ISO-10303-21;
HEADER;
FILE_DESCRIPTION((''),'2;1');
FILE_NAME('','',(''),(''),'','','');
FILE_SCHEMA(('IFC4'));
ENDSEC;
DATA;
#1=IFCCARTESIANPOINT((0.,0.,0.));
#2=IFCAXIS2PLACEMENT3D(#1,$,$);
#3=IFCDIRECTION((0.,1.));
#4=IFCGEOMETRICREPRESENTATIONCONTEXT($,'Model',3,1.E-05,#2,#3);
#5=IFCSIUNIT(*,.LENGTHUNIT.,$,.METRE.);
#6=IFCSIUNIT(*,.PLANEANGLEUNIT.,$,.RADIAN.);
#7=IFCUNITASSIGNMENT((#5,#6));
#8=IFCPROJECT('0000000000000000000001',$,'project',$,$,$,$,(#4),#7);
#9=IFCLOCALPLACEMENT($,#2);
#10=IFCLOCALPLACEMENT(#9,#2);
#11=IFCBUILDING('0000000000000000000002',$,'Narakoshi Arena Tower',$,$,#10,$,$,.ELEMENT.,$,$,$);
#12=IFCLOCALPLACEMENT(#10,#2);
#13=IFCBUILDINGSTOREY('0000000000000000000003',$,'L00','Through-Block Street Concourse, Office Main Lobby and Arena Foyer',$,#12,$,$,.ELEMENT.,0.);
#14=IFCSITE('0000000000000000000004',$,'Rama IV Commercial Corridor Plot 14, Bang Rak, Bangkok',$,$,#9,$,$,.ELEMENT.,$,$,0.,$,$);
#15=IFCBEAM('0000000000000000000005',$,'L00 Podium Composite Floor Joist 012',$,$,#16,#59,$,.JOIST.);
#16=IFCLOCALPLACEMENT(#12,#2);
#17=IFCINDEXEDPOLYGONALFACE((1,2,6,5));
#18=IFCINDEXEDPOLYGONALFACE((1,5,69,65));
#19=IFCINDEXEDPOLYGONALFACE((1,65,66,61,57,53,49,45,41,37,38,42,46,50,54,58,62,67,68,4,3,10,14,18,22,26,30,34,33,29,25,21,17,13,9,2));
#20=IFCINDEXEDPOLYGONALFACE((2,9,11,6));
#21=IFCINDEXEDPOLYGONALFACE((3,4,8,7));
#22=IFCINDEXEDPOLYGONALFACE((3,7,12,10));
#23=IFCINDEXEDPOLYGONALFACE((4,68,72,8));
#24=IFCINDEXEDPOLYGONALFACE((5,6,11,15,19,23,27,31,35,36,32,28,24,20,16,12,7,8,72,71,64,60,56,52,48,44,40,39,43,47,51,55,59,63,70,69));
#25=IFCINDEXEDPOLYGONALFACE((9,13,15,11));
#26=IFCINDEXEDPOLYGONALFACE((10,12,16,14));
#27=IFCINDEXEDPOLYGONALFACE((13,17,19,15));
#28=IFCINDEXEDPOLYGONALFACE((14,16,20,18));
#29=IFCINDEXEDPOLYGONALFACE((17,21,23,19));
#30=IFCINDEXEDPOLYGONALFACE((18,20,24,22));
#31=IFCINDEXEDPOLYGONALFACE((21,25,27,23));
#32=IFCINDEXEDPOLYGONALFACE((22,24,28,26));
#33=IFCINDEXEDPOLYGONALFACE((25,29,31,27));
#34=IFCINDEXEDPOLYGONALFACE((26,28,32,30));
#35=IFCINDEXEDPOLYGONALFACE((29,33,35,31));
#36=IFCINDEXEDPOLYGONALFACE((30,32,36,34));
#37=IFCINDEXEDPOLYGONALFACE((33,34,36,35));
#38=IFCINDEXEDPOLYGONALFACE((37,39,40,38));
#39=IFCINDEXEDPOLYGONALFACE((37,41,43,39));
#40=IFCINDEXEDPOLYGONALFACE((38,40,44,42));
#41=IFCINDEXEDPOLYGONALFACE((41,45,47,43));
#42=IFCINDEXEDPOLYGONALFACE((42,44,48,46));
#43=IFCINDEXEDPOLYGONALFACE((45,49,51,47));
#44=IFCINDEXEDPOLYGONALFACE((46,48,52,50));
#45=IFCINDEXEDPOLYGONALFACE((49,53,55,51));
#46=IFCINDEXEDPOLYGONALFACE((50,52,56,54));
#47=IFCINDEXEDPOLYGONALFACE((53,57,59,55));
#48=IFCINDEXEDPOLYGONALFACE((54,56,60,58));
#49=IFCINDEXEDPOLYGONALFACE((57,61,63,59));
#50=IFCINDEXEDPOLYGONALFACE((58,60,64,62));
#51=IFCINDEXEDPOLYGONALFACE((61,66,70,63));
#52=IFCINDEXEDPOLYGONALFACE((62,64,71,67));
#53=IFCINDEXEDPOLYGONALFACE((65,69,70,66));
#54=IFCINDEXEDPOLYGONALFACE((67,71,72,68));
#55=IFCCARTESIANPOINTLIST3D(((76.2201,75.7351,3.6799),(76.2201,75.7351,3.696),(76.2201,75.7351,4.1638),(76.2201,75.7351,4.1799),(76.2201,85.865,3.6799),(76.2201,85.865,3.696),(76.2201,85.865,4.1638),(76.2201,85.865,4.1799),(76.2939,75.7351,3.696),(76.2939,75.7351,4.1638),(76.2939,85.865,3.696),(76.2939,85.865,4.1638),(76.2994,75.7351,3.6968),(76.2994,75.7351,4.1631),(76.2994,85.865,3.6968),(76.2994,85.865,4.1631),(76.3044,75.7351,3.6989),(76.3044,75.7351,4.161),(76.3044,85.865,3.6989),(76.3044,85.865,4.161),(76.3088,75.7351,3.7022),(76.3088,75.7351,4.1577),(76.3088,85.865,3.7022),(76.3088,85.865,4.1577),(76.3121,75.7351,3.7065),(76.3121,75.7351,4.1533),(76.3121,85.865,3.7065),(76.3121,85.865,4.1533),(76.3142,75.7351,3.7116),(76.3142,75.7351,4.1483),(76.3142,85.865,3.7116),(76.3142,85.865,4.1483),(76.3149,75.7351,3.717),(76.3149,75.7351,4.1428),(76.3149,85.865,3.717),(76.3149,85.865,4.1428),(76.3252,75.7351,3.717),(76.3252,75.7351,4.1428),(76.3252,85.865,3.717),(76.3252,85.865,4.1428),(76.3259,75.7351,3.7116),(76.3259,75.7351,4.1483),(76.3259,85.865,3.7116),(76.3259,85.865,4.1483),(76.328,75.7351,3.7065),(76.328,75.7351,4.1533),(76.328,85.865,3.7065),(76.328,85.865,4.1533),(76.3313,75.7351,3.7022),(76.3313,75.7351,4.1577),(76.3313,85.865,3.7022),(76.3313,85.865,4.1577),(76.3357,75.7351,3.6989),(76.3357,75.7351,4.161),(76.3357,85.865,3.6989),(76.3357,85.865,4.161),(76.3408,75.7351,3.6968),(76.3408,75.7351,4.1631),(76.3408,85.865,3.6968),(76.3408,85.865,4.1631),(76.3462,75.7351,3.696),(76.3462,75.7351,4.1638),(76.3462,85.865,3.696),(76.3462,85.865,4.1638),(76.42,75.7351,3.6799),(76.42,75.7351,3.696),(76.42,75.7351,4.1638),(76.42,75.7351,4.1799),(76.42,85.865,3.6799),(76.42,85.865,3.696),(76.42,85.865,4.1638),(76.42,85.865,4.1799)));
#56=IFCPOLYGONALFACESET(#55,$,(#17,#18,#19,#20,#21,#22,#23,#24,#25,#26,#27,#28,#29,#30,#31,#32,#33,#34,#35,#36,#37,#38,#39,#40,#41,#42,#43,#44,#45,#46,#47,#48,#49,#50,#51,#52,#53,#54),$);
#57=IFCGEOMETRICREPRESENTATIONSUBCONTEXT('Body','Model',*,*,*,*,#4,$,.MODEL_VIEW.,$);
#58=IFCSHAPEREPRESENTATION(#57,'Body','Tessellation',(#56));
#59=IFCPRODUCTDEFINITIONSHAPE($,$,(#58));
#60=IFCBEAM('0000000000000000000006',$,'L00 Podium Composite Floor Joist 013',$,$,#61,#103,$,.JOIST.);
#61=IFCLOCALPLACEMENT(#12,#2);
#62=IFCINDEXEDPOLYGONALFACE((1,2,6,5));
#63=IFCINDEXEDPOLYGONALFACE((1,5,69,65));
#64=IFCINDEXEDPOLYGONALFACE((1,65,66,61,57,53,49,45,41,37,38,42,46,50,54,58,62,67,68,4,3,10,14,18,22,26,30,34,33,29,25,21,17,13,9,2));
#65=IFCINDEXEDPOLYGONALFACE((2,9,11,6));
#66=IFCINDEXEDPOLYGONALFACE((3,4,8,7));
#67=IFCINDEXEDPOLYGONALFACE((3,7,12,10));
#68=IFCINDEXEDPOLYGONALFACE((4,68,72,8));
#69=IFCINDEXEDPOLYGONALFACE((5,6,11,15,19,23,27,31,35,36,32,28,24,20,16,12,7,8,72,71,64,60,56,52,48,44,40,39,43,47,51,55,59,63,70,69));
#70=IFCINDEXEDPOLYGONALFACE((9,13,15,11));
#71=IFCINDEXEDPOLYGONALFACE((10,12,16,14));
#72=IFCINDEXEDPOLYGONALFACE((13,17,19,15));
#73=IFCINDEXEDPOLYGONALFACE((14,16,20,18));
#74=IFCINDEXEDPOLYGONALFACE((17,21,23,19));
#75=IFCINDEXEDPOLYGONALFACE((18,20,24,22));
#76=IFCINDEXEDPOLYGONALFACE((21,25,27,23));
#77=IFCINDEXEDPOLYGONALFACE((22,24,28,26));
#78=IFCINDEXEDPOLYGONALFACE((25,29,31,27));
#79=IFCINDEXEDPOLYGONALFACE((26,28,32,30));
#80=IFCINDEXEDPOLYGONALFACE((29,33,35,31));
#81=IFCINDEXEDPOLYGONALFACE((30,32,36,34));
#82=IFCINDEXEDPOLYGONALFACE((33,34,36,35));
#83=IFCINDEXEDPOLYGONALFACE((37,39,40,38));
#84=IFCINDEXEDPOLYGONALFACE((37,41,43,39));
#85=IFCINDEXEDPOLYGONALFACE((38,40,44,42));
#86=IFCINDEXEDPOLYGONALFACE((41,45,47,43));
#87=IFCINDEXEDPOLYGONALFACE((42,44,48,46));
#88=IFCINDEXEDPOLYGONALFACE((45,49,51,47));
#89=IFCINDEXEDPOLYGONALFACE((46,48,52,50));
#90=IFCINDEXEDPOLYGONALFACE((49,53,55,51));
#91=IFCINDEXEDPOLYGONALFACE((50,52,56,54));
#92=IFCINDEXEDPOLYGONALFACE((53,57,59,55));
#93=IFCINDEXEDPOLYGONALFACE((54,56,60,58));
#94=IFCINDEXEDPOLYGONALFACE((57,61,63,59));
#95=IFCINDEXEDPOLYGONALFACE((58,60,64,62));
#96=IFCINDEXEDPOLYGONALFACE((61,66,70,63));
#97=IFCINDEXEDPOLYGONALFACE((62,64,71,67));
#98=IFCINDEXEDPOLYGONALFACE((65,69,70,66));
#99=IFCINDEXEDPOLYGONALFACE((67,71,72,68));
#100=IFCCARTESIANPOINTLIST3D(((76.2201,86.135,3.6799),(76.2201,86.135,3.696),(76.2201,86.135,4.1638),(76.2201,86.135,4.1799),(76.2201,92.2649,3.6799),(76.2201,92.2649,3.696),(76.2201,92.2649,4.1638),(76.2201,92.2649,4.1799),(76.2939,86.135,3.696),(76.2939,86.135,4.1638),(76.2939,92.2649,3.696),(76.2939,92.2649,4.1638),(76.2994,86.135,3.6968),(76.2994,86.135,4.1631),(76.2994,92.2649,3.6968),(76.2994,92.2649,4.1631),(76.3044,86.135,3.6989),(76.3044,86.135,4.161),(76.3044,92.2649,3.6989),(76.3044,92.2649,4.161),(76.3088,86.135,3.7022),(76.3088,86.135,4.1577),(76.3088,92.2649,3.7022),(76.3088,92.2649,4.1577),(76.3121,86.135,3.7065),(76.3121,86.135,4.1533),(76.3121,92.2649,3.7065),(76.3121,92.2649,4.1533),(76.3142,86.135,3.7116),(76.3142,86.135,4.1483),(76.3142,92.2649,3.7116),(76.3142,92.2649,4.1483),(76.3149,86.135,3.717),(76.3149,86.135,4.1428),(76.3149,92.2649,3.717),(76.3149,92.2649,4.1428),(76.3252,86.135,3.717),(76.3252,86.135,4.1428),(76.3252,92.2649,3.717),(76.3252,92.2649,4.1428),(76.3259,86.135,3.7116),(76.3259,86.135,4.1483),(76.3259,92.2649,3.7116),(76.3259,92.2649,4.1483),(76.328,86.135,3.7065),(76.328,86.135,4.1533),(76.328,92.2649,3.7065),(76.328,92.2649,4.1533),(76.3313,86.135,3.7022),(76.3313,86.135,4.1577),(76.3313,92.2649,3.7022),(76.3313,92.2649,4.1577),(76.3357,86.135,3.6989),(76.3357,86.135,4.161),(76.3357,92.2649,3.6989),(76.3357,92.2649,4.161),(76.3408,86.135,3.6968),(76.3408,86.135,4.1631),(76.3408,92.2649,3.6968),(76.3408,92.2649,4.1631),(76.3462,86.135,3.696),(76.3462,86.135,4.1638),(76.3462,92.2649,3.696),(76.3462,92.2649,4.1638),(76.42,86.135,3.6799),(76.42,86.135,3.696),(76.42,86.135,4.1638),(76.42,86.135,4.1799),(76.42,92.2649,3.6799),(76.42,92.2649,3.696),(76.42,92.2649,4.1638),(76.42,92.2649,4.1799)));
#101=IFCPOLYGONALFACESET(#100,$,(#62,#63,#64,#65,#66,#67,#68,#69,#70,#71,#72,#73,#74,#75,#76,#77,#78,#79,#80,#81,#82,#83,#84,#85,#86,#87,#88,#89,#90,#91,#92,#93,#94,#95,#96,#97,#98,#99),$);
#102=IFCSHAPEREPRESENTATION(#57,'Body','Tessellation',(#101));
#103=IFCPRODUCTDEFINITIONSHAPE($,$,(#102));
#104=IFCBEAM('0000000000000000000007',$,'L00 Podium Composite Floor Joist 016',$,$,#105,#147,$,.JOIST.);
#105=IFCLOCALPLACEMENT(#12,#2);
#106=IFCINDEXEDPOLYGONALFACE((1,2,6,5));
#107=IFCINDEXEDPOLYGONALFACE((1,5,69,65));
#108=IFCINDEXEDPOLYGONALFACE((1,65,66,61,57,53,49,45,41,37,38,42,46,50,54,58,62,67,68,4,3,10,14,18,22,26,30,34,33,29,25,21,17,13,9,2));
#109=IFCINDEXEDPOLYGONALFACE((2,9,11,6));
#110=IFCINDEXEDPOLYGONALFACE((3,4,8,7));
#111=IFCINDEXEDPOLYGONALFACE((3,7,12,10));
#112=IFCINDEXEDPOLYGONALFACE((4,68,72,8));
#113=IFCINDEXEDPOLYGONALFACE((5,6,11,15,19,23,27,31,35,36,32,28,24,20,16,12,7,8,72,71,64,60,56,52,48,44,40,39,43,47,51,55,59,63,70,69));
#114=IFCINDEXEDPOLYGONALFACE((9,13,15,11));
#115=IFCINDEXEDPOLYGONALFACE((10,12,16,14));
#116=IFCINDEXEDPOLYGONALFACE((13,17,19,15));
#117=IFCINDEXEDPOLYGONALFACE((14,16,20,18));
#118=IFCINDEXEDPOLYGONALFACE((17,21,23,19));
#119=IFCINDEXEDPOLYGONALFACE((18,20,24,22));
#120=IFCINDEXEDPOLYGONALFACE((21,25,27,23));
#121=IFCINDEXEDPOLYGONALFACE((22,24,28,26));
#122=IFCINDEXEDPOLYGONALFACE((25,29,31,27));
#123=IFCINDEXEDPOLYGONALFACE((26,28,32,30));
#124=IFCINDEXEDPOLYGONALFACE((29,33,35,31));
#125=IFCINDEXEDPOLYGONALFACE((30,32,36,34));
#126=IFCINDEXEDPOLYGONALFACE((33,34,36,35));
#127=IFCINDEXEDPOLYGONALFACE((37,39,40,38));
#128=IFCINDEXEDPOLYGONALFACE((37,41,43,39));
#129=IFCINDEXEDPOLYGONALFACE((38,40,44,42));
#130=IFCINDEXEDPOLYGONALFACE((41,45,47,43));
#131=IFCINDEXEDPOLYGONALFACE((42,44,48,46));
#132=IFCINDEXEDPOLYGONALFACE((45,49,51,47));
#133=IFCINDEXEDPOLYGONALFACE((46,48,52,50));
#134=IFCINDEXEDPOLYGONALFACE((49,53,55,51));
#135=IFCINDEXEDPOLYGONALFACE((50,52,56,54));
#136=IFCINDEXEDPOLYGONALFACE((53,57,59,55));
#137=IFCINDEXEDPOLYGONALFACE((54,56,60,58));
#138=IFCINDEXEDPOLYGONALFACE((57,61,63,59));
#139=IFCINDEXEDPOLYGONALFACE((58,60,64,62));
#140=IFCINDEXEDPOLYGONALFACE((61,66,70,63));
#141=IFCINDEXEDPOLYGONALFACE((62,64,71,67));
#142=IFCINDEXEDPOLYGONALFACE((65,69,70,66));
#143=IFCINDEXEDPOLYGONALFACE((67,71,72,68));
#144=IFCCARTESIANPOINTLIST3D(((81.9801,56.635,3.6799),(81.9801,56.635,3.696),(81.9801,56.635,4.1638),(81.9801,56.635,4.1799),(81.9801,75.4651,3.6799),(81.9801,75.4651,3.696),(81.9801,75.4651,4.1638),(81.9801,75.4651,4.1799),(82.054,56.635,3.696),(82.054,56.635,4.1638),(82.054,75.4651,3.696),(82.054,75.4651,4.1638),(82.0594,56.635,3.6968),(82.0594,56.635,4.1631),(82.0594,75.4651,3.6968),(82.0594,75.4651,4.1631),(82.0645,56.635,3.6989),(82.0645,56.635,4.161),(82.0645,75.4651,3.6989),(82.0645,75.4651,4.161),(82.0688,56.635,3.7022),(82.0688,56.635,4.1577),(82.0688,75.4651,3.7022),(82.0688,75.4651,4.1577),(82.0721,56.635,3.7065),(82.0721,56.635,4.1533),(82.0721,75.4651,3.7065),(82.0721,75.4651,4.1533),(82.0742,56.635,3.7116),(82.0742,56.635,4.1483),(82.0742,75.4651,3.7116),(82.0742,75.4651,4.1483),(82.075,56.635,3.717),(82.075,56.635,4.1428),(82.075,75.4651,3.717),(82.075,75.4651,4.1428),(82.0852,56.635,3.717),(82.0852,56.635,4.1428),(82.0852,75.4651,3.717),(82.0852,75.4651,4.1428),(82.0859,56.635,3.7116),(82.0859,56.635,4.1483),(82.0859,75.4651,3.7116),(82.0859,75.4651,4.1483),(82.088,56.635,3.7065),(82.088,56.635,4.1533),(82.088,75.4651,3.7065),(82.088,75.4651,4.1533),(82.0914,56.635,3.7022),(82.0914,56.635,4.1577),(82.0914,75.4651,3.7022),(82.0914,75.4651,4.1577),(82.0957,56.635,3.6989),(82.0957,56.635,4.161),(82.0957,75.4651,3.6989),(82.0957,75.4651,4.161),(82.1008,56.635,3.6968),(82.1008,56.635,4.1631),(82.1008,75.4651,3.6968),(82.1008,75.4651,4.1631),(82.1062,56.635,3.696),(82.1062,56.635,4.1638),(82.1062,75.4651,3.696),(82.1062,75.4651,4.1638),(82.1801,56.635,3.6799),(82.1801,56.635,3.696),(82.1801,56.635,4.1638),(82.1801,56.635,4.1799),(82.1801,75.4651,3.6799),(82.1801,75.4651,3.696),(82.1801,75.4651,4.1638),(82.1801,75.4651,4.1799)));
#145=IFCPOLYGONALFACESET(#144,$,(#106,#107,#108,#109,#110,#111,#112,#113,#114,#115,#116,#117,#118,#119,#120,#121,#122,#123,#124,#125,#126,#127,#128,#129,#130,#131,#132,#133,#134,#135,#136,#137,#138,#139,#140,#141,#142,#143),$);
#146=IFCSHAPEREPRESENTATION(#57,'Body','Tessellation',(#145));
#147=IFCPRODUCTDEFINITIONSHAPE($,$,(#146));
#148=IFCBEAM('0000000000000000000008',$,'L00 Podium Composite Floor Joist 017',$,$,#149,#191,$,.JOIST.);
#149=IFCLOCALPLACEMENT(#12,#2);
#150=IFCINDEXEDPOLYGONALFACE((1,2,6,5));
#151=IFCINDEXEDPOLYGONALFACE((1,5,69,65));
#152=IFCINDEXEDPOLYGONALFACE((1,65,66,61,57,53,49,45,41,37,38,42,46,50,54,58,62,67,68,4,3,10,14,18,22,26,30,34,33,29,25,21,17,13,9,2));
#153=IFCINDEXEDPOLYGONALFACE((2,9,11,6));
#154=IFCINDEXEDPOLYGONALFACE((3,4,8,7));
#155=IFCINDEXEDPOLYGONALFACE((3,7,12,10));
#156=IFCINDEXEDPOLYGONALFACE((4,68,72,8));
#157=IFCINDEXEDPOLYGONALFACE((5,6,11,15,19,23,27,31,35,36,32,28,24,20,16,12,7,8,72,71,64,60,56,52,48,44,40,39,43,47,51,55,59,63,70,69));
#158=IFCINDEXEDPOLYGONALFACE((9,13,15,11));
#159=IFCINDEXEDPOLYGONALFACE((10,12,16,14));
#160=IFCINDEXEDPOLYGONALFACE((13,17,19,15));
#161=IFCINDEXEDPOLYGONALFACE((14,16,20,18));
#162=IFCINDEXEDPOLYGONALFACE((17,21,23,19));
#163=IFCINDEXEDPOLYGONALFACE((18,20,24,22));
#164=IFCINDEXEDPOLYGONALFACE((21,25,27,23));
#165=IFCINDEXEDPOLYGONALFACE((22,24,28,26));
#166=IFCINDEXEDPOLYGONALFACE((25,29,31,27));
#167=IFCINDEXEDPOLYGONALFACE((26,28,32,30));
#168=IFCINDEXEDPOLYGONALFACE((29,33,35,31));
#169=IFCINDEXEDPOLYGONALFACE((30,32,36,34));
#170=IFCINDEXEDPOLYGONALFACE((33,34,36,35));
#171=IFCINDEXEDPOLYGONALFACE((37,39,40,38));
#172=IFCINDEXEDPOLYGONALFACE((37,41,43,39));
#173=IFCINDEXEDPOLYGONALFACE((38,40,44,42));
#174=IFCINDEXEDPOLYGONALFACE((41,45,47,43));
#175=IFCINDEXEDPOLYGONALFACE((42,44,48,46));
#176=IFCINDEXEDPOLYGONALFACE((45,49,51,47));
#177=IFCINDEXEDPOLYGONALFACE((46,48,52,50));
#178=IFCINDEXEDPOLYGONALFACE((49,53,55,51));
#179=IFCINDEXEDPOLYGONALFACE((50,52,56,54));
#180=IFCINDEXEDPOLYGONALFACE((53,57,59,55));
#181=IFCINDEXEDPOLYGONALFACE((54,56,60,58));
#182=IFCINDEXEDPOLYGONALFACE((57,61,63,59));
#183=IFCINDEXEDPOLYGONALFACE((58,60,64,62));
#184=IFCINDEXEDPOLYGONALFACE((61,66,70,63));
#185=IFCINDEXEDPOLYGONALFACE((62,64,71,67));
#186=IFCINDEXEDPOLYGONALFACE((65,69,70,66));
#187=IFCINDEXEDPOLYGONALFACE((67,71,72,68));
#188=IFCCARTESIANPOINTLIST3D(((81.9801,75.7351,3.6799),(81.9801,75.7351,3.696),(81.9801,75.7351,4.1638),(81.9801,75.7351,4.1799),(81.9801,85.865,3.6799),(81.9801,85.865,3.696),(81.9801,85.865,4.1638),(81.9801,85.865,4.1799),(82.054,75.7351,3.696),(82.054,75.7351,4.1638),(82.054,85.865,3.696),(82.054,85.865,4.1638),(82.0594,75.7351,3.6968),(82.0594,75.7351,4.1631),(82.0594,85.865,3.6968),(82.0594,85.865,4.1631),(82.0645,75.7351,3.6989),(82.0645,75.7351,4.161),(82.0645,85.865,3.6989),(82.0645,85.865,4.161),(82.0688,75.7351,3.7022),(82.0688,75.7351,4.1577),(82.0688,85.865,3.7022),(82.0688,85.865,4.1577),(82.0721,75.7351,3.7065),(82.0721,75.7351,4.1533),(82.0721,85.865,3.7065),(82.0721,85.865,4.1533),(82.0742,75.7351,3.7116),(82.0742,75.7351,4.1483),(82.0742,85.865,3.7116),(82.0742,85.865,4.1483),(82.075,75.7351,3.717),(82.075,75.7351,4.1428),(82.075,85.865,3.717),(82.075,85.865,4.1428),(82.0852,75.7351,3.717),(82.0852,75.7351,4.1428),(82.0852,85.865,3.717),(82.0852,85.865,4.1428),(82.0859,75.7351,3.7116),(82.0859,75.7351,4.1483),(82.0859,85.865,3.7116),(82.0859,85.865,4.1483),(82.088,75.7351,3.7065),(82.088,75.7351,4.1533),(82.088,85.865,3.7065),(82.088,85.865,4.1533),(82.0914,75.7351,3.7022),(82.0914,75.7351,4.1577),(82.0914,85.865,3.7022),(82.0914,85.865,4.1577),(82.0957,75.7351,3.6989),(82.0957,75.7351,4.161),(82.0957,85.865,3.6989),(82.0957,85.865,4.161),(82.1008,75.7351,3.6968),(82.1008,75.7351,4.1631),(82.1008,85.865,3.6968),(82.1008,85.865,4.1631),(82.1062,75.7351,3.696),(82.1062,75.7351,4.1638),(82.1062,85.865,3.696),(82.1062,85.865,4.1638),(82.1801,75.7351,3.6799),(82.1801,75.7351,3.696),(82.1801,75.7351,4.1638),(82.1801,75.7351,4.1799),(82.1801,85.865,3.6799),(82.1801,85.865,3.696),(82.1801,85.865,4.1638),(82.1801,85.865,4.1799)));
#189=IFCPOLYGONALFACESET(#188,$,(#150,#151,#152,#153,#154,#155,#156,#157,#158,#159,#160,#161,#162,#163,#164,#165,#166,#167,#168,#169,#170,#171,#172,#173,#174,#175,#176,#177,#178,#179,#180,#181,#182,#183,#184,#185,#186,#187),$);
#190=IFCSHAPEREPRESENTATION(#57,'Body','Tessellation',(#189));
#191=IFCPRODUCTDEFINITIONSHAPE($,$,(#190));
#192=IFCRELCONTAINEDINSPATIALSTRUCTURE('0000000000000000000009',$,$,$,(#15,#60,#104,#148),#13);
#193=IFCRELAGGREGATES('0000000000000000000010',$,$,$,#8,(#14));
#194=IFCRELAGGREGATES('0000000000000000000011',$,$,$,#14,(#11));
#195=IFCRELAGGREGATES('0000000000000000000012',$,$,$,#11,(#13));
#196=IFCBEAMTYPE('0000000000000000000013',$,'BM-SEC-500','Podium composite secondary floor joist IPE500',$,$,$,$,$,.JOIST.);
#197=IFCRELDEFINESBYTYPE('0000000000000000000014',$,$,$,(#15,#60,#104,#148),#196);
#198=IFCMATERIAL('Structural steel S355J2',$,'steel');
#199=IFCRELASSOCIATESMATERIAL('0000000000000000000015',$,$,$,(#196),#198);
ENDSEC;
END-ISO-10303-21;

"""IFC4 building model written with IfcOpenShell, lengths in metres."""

from ifc_helpers import new_model, si_unit, direction, frame, origin, origin_2d, place, context, subcontext, project, spatial, i_section, extrude, material, material_profile, profile_set, type_object, element, save


model = new_model("IFC4")

# Units and contexts
model_context = context("Model", 3, precision=1e-05, world=origin(), true_north=direction((0.0, 1.0)))
body_context = subcontext(model_context, "Body", "Model", "MODEL_VIEW")
ifc_project = project(units=[si_unit("LENGTHUNIT", "METRE"), si_unit("PLANEANGLEUNIT", "RADIAN")], contexts=[model_context])

# Site, building, storey
site_placement = place(None, origin())
site = spatial("IfcSite", under=ifc_project, at=site_placement, Name="Rama IV Commercial Corridor Plot 14, Bang Rak, Bangkok", CompositionType="ELEMENT", RefElevation=0.0)
building_placement = place(site_placement, origin())
building = spatial("IfcBuilding", under=site, at=building_placement, Name="Narakoshi Arena Tower", CompositionType="ELEMENT")
storey_placement = place(building_placement, origin())
storey = spatial("IfcBuildingStorey", under=building, at=storey_placement, Name="L00", Description="Through-Block Street Concourse, Office Main Lobby and Arena Foyer", CompositionType="ELEMENT", Elevation=0.0)

# Beams
ifc_material_1 = material(Name="Structural steel S355J2", Category="steel")
ifc_material_profile_1 = material_profile(ifc_material_1, i_section(OverallWidth=0.2, OverallDepth=0.5, WebThickness=0.0103, FlangeThickness=0.0161, FilletRadius=0.021, at=origin_2d()), Name="IPE500")
ifc_profile_set_1 = profile_set([ifc_material_profile_1], Name="Structural steel S355J2")
beam_type_1 = type_object("IfcBeamType", Name="BM-SEC-500", Description="Podium composite secondary floor joist IPE500", PredefinedType="JOIST", material=ifc_profile_set_1)
beam_1_placement = place(storey_placement, frame((76.3201, 75.7351, 3.9299), z_axis=(0.0, 1.0, 0.0), x_axis=(-1.0, 0.0, 0.0)))
element("IfcBeam", 1, at=beam_1_placement, inside=storey, type_object=beam_type_1, Name="L00 Podium Composite Floor Joist 012", PredefinedType="JOIST", context=body_context, shape_type="SweptSolid", body=[
    extrude(i_section(OverallWidth=0.2, OverallDepth=0.5, WebThickness=0.0103, FlangeThickness=0.0161, FilletRadius=0.021, at=origin_2d()), origin(), (0.0, 0.0, 1.0), 10.1299),
])
beam_2_placement = place(storey_placement, frame((76.3201, 86.135, 3.9299), z_axis=(0.0, 1.0, 0.0), x_axis=(-1.0, 0.0, 0.0)))
element("IfcBeam", 2, at=beam_2_placement, inside=storey, type_object=beam_type_1, Name="L00 Podium Composite Floor Joist 013", PredefinedType="JOIST", context=body_context, shape_type="SweptSolid", body=[
    extrude(i_section(OverallWidth=0.2, OverallDepth=0.5, WebThickness=0.0103, FlangeThickness=0.0161, FilletRadius=0.021, at=origin_2d()), origin(), (0.0, 0.0, 1.0), 6.1299),
])
beam_3_placement = place(storey_placement, frame((82.0801, 56.635, 3.9299), z_axis=(0.0, 1.0, 0.0), x_axis=(-1.0, 0.0, 0.0)))
element("IfcBeam", 3, at=beam_3_placement, inside=storey, type_object=beam_type_1, Name="L00 Podium Composite Floor Joist 016", PredefinedType="JOIST", context=body_context, shape_type="SweptSolid", body=[
    extrude(i_section(OverallWidth=0.2, OverallDepth=0.5, WebThickness=0.0103, FlangeThickness=0.0161, FilletRadius=0.021, at=origin_2d()), origin(), (0.0, 0.0, 1.0), 18.8301),
])
beam_4_placement = place(storey_placement, frame((82.0801, 75.7351, 3.9299), z_axis=(0.0, 1.0, 0.0), x_axis=(-1.0, 0.0, 0.0)))
element("IfcBeam", 4, at=beam_4_placement, inside=storey, type_object=beam_type_1, Name="L00 Podium Composite Floor Joist 017", PredefinedType="JOIST", context=body_context, shape_type="SweptSolid", body=[
    extrude(i_section(OverallWidth=0.2, OverallDepth=0.5, WebThickness=0.0103, FlangeThickness=0.0161, FilletRadius=0.021, at=origin_2d()), origin(), (0.0, 0.0, 1.0), 10.1299),
])

save(model, "model.ifc")
